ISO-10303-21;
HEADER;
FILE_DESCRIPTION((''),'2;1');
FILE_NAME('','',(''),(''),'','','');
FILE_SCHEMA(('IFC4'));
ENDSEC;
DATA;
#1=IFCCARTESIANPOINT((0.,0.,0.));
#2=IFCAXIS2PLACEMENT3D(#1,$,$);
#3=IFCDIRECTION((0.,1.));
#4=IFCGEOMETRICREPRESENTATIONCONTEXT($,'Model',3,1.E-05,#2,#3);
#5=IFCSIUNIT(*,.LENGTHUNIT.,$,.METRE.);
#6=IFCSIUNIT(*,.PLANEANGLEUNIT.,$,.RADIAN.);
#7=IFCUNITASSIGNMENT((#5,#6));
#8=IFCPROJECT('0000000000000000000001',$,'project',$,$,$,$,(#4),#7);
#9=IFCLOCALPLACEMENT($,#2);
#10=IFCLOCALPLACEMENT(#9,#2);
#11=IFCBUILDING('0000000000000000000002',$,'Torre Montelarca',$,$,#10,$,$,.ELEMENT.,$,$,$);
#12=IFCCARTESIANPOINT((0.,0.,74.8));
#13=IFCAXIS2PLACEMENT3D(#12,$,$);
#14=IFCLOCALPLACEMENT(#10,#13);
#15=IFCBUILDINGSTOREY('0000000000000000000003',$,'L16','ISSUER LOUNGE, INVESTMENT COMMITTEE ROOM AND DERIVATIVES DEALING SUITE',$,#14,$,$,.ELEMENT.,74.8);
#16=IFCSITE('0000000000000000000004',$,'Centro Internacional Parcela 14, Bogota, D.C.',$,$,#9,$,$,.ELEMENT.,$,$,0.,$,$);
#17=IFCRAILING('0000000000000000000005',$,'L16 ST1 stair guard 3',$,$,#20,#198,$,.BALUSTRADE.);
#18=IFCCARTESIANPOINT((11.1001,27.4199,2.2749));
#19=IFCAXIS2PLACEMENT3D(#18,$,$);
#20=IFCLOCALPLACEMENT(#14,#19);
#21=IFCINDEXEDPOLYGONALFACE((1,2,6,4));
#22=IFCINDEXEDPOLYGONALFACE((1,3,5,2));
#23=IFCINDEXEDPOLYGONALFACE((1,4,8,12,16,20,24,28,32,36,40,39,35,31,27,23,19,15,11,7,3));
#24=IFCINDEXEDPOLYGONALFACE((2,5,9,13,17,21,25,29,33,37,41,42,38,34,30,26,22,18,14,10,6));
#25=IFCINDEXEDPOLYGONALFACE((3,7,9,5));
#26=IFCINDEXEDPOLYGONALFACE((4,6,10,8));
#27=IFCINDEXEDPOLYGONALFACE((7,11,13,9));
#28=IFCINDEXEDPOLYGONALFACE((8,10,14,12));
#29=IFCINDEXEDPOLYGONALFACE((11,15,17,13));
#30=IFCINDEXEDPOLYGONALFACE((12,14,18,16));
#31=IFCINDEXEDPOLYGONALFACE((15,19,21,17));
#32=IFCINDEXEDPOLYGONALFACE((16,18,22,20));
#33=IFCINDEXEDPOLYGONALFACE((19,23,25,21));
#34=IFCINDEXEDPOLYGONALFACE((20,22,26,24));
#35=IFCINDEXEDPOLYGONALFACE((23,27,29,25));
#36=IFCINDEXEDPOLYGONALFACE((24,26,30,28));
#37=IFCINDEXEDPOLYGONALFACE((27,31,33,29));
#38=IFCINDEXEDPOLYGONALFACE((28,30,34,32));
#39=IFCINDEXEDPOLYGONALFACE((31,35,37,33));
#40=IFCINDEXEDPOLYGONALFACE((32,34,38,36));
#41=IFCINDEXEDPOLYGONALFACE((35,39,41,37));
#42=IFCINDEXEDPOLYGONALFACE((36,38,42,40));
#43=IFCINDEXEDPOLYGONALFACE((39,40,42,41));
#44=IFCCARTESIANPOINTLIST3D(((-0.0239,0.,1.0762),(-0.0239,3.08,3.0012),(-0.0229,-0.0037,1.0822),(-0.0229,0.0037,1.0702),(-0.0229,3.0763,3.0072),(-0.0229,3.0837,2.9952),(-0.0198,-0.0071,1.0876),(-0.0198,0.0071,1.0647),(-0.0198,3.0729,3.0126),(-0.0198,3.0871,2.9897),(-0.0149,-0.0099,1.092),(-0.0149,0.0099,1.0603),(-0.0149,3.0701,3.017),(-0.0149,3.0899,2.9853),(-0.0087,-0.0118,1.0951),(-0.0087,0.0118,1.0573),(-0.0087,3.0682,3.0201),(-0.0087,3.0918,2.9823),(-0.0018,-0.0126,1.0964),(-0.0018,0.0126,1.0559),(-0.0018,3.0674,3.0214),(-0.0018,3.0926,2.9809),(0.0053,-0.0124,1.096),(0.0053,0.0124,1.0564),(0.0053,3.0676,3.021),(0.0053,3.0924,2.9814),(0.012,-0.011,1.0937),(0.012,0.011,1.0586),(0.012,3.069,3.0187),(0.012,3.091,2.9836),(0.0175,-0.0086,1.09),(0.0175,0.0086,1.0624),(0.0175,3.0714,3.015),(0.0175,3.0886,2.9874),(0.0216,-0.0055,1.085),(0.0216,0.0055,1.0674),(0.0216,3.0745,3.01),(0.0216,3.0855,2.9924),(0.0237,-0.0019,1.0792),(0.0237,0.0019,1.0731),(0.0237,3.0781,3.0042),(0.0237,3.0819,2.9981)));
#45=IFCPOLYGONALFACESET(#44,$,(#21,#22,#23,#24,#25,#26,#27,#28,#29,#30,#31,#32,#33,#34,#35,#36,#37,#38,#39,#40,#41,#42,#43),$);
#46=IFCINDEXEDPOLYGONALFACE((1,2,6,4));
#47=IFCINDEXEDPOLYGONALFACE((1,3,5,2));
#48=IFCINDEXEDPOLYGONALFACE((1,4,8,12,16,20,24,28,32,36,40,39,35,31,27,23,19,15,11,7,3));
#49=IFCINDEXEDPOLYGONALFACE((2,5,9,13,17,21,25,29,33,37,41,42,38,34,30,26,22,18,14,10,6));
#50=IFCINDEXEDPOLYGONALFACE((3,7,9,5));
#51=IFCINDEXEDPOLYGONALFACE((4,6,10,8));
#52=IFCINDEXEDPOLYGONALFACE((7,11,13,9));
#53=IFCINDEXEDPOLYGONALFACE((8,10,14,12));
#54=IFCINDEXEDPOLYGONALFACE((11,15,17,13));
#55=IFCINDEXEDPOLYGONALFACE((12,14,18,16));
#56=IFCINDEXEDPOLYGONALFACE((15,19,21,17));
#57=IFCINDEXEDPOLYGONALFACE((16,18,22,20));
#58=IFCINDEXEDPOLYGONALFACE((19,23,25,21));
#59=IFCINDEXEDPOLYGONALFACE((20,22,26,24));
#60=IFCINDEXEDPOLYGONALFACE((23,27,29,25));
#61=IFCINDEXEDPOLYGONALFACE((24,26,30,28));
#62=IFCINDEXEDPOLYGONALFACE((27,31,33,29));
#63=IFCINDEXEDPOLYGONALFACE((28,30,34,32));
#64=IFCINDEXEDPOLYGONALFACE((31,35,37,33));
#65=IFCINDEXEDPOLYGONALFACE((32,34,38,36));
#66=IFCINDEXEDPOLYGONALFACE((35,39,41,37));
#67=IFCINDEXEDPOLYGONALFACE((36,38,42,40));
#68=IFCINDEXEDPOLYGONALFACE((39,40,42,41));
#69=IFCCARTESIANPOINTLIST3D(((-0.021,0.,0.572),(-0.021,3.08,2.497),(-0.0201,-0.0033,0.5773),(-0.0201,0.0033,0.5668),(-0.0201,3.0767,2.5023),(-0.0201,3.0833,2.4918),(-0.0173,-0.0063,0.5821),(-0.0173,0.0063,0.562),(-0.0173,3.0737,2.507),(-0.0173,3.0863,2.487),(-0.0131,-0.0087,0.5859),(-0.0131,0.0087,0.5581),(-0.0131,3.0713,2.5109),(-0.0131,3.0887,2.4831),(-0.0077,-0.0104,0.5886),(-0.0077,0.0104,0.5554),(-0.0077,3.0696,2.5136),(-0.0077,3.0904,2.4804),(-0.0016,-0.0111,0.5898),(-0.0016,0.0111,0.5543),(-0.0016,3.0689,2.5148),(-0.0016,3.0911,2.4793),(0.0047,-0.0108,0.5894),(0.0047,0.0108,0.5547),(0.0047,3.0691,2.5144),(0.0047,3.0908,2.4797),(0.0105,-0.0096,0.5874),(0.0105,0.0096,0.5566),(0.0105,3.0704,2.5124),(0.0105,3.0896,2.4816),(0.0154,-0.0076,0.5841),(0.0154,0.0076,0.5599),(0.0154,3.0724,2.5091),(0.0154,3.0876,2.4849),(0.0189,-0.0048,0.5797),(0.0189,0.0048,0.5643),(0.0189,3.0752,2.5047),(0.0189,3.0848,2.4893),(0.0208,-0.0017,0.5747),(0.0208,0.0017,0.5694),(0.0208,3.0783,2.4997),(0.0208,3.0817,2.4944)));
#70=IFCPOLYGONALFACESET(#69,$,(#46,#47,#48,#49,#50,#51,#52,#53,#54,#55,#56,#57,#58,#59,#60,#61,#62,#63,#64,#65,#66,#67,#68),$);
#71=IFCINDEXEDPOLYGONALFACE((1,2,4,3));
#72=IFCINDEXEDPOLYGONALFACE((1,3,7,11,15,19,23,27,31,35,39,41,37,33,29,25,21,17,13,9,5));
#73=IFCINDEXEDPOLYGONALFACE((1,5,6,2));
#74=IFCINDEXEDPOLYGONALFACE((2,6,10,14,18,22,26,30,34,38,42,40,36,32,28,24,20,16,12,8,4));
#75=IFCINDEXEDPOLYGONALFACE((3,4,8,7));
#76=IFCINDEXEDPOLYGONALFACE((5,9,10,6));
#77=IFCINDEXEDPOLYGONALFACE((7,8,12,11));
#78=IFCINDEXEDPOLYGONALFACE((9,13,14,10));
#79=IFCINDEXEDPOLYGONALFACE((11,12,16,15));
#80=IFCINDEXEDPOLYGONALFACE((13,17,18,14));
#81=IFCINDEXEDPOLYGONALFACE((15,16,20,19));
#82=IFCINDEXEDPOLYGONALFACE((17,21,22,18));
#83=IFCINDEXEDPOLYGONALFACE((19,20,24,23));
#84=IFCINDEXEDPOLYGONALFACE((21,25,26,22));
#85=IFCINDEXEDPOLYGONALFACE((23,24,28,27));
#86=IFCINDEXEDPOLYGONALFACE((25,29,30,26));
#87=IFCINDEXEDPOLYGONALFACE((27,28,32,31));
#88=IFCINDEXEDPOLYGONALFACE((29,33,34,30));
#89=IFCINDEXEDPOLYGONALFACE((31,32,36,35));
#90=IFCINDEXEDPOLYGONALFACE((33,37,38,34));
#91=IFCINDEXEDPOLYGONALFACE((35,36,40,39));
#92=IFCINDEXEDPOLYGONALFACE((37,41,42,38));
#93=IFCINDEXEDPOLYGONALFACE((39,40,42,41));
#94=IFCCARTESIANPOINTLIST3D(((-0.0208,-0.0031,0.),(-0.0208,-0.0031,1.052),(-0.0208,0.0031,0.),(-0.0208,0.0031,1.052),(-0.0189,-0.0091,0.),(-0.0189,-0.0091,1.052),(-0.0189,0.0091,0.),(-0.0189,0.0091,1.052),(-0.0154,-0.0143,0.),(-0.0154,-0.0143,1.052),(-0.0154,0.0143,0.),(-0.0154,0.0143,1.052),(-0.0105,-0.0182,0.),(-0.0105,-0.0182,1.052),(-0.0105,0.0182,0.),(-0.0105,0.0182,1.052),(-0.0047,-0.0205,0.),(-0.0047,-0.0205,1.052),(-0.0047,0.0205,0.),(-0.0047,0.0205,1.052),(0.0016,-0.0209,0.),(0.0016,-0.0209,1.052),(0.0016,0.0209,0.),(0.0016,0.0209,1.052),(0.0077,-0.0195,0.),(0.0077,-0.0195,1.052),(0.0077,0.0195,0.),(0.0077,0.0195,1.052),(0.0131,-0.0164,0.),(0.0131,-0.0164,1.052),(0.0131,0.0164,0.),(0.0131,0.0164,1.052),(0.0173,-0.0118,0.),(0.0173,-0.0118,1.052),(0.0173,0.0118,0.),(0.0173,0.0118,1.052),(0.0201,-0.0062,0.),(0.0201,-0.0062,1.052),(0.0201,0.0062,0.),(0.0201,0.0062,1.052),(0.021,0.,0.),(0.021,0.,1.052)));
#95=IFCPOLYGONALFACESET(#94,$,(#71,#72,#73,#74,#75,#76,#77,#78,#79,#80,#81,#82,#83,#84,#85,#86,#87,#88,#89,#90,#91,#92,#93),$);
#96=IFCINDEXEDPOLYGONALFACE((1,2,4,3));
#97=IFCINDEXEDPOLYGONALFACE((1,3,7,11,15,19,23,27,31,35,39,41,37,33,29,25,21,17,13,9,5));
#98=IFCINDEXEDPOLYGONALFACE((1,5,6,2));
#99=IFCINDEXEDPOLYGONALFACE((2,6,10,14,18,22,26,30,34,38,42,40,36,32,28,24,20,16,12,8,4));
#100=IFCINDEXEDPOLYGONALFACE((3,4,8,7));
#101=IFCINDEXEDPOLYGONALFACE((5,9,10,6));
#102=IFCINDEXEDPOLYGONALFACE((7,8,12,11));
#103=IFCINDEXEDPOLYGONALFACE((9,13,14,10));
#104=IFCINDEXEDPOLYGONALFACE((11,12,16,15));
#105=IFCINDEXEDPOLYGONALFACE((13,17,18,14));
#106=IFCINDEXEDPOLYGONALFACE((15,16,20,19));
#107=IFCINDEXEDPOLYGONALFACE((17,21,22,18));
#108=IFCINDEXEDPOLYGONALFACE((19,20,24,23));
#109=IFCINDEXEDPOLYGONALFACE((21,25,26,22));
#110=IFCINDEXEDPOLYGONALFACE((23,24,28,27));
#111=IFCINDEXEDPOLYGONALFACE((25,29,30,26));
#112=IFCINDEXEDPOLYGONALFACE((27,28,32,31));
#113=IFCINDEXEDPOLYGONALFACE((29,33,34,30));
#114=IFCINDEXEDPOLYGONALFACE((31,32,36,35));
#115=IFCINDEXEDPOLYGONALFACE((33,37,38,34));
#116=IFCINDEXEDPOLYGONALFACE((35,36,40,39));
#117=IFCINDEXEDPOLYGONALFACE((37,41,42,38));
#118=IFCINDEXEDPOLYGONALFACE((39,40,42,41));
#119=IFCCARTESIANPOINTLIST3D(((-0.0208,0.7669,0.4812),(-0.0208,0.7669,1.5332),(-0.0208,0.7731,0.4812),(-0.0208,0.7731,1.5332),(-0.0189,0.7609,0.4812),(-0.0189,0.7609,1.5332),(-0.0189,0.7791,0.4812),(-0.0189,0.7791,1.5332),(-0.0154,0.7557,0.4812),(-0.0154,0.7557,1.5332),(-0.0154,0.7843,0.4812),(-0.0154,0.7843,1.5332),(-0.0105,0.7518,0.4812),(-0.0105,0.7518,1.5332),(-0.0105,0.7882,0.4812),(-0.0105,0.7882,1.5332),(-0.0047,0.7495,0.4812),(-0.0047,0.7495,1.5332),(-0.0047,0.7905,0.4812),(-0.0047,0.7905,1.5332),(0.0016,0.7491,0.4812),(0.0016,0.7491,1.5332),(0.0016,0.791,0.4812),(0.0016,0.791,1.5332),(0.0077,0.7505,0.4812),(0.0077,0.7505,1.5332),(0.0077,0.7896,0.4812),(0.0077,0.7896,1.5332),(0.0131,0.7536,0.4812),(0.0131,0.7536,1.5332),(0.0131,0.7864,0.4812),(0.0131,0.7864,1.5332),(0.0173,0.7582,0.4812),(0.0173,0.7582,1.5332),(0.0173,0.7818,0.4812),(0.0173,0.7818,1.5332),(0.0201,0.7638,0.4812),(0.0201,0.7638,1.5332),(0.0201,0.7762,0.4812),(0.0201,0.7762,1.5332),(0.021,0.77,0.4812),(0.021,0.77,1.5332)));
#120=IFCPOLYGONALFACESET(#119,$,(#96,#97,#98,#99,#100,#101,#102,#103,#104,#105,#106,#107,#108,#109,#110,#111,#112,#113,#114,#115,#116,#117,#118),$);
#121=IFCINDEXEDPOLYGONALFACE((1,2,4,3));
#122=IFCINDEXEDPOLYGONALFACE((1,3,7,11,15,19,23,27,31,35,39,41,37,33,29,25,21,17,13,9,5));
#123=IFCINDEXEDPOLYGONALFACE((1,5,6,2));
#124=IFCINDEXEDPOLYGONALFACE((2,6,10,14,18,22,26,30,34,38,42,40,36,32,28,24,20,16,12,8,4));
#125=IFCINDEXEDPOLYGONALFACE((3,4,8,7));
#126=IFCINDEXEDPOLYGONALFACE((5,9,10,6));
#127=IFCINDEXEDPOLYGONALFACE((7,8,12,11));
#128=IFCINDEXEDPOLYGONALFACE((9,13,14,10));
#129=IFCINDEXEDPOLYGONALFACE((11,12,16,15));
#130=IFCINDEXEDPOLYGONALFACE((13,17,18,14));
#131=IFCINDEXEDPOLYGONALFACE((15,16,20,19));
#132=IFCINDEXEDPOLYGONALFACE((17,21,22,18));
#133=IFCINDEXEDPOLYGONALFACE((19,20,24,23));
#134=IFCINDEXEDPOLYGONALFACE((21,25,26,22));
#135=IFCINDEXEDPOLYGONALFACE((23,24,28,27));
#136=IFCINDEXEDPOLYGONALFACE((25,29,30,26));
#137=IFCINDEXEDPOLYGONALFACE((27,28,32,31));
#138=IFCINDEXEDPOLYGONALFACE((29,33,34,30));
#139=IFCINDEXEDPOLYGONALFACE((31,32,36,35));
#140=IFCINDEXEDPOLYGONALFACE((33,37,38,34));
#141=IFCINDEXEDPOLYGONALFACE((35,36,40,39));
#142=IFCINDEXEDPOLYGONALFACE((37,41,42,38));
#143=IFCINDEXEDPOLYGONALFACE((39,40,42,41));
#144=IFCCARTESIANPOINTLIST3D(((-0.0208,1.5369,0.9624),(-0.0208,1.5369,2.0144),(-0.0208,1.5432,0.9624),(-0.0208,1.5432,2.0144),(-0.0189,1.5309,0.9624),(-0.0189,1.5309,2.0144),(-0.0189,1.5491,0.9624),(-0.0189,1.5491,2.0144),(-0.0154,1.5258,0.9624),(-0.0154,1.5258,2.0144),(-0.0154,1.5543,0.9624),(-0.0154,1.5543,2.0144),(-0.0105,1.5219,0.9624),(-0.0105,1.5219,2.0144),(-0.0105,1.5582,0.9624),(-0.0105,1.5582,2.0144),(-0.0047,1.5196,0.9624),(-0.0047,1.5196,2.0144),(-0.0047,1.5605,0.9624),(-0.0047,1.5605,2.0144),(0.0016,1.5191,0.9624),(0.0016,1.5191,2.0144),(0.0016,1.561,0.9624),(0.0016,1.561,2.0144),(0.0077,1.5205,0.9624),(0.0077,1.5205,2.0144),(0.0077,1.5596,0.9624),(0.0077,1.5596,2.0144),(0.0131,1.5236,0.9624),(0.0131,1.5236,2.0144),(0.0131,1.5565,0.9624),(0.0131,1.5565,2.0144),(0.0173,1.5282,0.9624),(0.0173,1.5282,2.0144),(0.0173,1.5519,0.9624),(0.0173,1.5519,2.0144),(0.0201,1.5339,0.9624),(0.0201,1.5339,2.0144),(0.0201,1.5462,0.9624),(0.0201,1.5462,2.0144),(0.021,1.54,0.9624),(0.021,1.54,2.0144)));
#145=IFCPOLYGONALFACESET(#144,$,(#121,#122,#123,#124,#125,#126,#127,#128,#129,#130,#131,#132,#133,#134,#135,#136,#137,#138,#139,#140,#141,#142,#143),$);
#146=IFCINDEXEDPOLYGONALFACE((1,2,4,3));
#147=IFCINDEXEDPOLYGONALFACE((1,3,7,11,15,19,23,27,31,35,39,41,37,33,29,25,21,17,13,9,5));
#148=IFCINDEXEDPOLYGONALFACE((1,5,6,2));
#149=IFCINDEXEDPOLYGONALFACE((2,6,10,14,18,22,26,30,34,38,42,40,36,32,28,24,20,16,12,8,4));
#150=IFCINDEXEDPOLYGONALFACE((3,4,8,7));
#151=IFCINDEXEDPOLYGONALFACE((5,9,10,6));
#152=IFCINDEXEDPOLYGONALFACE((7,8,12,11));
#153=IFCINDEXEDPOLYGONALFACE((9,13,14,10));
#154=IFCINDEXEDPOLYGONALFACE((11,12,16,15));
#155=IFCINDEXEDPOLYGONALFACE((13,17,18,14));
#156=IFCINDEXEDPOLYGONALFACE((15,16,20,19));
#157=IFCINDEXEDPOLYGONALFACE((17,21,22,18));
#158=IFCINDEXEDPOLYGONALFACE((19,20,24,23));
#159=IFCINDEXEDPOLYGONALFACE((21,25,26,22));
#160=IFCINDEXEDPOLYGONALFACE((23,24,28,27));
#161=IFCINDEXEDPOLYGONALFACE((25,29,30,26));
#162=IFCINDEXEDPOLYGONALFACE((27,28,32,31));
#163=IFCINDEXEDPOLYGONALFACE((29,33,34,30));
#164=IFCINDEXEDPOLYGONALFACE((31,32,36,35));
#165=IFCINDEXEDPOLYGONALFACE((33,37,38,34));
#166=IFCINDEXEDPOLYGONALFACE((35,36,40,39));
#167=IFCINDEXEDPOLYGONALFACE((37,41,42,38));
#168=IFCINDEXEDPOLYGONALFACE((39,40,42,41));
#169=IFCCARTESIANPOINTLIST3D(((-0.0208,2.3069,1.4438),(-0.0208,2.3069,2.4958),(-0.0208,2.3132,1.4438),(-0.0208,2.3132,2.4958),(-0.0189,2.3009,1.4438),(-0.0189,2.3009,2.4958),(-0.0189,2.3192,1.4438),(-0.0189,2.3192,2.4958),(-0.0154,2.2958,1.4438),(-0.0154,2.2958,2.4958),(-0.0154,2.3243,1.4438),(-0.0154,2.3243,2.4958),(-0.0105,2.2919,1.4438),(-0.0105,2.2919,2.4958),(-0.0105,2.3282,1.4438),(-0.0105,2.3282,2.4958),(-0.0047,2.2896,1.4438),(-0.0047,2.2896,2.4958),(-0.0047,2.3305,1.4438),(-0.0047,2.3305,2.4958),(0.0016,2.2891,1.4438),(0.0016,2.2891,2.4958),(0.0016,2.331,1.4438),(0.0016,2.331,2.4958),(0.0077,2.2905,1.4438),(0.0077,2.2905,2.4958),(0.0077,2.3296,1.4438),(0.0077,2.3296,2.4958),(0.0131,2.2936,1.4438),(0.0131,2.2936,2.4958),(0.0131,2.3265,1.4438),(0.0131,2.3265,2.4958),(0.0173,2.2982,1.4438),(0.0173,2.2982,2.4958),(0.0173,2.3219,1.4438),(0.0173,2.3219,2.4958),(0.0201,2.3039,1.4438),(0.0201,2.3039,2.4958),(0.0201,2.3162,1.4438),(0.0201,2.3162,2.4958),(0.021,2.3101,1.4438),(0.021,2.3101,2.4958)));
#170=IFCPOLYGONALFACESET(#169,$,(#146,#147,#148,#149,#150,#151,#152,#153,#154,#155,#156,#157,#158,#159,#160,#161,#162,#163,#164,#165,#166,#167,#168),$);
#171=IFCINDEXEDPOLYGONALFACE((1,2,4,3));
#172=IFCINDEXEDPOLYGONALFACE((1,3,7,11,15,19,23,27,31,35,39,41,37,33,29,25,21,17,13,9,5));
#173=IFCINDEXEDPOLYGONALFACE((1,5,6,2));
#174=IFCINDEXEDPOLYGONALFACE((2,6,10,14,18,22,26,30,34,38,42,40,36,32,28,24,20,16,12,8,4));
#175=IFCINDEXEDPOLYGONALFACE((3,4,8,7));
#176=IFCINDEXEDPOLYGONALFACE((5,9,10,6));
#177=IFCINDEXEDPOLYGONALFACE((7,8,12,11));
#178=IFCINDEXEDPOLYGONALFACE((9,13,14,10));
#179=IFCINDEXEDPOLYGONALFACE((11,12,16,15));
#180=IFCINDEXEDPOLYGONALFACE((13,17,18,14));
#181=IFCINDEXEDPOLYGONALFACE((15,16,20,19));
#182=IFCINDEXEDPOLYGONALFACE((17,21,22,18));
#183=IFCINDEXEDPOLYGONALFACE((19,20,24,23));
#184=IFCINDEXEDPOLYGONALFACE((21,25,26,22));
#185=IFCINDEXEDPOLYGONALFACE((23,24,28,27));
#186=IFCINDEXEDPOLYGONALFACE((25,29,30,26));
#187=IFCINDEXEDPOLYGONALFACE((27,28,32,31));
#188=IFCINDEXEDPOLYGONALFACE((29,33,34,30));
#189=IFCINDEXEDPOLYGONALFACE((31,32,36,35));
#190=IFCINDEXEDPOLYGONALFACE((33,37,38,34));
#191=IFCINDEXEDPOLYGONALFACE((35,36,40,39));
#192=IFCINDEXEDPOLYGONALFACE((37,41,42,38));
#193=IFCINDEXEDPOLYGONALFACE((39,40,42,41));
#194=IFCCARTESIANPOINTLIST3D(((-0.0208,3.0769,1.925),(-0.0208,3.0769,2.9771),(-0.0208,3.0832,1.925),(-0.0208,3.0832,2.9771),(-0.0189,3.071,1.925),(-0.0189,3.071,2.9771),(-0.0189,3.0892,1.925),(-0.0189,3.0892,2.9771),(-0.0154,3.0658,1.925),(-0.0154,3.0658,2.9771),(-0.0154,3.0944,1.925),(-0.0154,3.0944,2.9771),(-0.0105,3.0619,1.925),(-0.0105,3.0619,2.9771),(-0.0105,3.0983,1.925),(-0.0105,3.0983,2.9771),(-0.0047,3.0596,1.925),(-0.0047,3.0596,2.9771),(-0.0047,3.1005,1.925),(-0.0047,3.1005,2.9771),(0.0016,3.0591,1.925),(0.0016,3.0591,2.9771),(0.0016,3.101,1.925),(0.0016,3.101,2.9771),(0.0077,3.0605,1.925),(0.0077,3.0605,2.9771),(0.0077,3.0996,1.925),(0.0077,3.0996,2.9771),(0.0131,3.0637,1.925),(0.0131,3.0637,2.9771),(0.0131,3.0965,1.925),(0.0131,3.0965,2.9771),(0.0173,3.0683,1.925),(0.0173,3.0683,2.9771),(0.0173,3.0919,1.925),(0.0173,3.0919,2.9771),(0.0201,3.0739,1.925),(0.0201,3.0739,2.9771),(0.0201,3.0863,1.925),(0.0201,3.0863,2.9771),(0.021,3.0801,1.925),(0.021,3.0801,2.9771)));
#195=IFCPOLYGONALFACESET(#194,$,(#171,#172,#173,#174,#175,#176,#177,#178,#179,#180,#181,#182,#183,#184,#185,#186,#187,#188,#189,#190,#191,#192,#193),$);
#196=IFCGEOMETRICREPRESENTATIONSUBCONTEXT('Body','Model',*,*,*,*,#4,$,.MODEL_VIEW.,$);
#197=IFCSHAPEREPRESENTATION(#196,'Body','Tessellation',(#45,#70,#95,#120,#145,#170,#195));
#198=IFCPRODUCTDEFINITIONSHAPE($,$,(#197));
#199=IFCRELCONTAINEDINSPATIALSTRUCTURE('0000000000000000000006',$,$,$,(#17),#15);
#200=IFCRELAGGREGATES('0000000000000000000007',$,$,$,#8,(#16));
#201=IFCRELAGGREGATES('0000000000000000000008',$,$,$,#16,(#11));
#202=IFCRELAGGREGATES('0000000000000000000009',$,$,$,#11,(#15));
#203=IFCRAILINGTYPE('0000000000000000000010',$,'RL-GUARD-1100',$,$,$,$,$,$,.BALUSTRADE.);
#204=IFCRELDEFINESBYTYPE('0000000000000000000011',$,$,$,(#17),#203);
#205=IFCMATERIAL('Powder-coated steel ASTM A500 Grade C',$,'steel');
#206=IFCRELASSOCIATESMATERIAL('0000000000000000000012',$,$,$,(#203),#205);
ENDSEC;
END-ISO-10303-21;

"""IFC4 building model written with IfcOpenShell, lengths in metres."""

from ifc_helpers import new_model, si_unit, direction, frame, origin, origin_2d, place, context, subcontext, project, spatial, circle, extrude, material, type_object, element, save


model = new_model("IFC4")

# Units and contexts
model_context = context("Model", 3, precision=1e-05, world=origin(), true_north=direction((0.0, 1.0)))
body_context = subcontext(model_context, "Body", "Model", "MODEL_VIEW")
ifc_project = project(units=[si_unit("LENGTHUNIT", "METRE"), si_unit("PLANEANGLEUNIT", "RADIAN")], contexts=[model_context])

# Site, building, storey
site_placement = place(None, origin())
site = spatial("IfcSite", under=ifc_project, at=site_placement, Name="Centro Internacional Parcela 14, Bogota, D.C.", CompositionType="ELEMENT", RefElevation=0.0)
building_placement = place(site_placement, origin())
building = spatial("IfcBuilding", under=site, at=building_placement, Name="Torre Montelarca", CompositionType="ELEMENT")
storey_placement = place(building_placement, frame((0.0, 0.0, 74.8)))
storey = spatial("IfcBuildingStorey", under=building, at=storey_placement, Name="L16", Description="ISSUER LOUNGE, INVESTMENT COMMITTEE ROOM AND DERIVATIVES DEALING SUITE", CompositionType="ELEMENT", Elevation=74.8)

# Railing
ifc_material_1 = material(Name="Powder-coated steel ASTM A500 Grade C", Category="steel")
railing_type_1 = type_object("IfcRailingType", Name="RL-GUARD-1100", PredefinedType="BALUSTRADE", material=ifc_material_1)
railing_1_placement = place(storey_placement, frame((11.1001, 27.4199, 2.2749)))
element("IfcRailing", 1, at=railing_1_placement, inside=storey, type_object=railing_type_1, Name="L16 ST1 stair guard 3", PredefinedType="BALUSTRADE", context=body_context, shape_type="SweptSolid", body=[
    extrude(circle(Radius=0.0239, at=origin_2d()), frame((0.0, 0.0, 1.0762), z_axis=(0.0, 0.847998, 0.529999), x_axis=(-1.0, 0.0, 0.0)), (0.0, 0.0, 1.0), 3.6321),
    extrude(circle(Radius=0.021, at=origin_2d()), frame((0.0, 0.0, 0.572), z_axis=(0.0, 0.847998, 0.529999), x_axis=(-1.0, 0.0, 0.0)), (0.0, 0.0, 1.0), 3.6321),
    extrude(circle(Radius=0.021, at=origin_2d()), origin(), (0.0, 0.0, 1.0), 1.052),
    extrude(circle(Radius=0.021, at=origin_2d()), frame((0.0, 0.77, 0.4812)), (0.0, 0.0, 1.0), 1.052),
    extrude(circle(Radius=0.021, at=origin_2d()), frame((0.0, 1.54, 0.9624)), (0.0, 0.0, 1.0), 1.052),
    extrude(circle(Radius=0.021, at=origin_2d()), frame((0.0, 2.3101, 1.4438)), (0.0, 0.0, 1.0), 1.052),
    extrude(circle(Radius=0.021, at=origin_2d()), frame((0.0, 3.0801, 1.925)), (0.0, 0.0, 1.0), 1.052),
])

save(model, "model.ifc")
